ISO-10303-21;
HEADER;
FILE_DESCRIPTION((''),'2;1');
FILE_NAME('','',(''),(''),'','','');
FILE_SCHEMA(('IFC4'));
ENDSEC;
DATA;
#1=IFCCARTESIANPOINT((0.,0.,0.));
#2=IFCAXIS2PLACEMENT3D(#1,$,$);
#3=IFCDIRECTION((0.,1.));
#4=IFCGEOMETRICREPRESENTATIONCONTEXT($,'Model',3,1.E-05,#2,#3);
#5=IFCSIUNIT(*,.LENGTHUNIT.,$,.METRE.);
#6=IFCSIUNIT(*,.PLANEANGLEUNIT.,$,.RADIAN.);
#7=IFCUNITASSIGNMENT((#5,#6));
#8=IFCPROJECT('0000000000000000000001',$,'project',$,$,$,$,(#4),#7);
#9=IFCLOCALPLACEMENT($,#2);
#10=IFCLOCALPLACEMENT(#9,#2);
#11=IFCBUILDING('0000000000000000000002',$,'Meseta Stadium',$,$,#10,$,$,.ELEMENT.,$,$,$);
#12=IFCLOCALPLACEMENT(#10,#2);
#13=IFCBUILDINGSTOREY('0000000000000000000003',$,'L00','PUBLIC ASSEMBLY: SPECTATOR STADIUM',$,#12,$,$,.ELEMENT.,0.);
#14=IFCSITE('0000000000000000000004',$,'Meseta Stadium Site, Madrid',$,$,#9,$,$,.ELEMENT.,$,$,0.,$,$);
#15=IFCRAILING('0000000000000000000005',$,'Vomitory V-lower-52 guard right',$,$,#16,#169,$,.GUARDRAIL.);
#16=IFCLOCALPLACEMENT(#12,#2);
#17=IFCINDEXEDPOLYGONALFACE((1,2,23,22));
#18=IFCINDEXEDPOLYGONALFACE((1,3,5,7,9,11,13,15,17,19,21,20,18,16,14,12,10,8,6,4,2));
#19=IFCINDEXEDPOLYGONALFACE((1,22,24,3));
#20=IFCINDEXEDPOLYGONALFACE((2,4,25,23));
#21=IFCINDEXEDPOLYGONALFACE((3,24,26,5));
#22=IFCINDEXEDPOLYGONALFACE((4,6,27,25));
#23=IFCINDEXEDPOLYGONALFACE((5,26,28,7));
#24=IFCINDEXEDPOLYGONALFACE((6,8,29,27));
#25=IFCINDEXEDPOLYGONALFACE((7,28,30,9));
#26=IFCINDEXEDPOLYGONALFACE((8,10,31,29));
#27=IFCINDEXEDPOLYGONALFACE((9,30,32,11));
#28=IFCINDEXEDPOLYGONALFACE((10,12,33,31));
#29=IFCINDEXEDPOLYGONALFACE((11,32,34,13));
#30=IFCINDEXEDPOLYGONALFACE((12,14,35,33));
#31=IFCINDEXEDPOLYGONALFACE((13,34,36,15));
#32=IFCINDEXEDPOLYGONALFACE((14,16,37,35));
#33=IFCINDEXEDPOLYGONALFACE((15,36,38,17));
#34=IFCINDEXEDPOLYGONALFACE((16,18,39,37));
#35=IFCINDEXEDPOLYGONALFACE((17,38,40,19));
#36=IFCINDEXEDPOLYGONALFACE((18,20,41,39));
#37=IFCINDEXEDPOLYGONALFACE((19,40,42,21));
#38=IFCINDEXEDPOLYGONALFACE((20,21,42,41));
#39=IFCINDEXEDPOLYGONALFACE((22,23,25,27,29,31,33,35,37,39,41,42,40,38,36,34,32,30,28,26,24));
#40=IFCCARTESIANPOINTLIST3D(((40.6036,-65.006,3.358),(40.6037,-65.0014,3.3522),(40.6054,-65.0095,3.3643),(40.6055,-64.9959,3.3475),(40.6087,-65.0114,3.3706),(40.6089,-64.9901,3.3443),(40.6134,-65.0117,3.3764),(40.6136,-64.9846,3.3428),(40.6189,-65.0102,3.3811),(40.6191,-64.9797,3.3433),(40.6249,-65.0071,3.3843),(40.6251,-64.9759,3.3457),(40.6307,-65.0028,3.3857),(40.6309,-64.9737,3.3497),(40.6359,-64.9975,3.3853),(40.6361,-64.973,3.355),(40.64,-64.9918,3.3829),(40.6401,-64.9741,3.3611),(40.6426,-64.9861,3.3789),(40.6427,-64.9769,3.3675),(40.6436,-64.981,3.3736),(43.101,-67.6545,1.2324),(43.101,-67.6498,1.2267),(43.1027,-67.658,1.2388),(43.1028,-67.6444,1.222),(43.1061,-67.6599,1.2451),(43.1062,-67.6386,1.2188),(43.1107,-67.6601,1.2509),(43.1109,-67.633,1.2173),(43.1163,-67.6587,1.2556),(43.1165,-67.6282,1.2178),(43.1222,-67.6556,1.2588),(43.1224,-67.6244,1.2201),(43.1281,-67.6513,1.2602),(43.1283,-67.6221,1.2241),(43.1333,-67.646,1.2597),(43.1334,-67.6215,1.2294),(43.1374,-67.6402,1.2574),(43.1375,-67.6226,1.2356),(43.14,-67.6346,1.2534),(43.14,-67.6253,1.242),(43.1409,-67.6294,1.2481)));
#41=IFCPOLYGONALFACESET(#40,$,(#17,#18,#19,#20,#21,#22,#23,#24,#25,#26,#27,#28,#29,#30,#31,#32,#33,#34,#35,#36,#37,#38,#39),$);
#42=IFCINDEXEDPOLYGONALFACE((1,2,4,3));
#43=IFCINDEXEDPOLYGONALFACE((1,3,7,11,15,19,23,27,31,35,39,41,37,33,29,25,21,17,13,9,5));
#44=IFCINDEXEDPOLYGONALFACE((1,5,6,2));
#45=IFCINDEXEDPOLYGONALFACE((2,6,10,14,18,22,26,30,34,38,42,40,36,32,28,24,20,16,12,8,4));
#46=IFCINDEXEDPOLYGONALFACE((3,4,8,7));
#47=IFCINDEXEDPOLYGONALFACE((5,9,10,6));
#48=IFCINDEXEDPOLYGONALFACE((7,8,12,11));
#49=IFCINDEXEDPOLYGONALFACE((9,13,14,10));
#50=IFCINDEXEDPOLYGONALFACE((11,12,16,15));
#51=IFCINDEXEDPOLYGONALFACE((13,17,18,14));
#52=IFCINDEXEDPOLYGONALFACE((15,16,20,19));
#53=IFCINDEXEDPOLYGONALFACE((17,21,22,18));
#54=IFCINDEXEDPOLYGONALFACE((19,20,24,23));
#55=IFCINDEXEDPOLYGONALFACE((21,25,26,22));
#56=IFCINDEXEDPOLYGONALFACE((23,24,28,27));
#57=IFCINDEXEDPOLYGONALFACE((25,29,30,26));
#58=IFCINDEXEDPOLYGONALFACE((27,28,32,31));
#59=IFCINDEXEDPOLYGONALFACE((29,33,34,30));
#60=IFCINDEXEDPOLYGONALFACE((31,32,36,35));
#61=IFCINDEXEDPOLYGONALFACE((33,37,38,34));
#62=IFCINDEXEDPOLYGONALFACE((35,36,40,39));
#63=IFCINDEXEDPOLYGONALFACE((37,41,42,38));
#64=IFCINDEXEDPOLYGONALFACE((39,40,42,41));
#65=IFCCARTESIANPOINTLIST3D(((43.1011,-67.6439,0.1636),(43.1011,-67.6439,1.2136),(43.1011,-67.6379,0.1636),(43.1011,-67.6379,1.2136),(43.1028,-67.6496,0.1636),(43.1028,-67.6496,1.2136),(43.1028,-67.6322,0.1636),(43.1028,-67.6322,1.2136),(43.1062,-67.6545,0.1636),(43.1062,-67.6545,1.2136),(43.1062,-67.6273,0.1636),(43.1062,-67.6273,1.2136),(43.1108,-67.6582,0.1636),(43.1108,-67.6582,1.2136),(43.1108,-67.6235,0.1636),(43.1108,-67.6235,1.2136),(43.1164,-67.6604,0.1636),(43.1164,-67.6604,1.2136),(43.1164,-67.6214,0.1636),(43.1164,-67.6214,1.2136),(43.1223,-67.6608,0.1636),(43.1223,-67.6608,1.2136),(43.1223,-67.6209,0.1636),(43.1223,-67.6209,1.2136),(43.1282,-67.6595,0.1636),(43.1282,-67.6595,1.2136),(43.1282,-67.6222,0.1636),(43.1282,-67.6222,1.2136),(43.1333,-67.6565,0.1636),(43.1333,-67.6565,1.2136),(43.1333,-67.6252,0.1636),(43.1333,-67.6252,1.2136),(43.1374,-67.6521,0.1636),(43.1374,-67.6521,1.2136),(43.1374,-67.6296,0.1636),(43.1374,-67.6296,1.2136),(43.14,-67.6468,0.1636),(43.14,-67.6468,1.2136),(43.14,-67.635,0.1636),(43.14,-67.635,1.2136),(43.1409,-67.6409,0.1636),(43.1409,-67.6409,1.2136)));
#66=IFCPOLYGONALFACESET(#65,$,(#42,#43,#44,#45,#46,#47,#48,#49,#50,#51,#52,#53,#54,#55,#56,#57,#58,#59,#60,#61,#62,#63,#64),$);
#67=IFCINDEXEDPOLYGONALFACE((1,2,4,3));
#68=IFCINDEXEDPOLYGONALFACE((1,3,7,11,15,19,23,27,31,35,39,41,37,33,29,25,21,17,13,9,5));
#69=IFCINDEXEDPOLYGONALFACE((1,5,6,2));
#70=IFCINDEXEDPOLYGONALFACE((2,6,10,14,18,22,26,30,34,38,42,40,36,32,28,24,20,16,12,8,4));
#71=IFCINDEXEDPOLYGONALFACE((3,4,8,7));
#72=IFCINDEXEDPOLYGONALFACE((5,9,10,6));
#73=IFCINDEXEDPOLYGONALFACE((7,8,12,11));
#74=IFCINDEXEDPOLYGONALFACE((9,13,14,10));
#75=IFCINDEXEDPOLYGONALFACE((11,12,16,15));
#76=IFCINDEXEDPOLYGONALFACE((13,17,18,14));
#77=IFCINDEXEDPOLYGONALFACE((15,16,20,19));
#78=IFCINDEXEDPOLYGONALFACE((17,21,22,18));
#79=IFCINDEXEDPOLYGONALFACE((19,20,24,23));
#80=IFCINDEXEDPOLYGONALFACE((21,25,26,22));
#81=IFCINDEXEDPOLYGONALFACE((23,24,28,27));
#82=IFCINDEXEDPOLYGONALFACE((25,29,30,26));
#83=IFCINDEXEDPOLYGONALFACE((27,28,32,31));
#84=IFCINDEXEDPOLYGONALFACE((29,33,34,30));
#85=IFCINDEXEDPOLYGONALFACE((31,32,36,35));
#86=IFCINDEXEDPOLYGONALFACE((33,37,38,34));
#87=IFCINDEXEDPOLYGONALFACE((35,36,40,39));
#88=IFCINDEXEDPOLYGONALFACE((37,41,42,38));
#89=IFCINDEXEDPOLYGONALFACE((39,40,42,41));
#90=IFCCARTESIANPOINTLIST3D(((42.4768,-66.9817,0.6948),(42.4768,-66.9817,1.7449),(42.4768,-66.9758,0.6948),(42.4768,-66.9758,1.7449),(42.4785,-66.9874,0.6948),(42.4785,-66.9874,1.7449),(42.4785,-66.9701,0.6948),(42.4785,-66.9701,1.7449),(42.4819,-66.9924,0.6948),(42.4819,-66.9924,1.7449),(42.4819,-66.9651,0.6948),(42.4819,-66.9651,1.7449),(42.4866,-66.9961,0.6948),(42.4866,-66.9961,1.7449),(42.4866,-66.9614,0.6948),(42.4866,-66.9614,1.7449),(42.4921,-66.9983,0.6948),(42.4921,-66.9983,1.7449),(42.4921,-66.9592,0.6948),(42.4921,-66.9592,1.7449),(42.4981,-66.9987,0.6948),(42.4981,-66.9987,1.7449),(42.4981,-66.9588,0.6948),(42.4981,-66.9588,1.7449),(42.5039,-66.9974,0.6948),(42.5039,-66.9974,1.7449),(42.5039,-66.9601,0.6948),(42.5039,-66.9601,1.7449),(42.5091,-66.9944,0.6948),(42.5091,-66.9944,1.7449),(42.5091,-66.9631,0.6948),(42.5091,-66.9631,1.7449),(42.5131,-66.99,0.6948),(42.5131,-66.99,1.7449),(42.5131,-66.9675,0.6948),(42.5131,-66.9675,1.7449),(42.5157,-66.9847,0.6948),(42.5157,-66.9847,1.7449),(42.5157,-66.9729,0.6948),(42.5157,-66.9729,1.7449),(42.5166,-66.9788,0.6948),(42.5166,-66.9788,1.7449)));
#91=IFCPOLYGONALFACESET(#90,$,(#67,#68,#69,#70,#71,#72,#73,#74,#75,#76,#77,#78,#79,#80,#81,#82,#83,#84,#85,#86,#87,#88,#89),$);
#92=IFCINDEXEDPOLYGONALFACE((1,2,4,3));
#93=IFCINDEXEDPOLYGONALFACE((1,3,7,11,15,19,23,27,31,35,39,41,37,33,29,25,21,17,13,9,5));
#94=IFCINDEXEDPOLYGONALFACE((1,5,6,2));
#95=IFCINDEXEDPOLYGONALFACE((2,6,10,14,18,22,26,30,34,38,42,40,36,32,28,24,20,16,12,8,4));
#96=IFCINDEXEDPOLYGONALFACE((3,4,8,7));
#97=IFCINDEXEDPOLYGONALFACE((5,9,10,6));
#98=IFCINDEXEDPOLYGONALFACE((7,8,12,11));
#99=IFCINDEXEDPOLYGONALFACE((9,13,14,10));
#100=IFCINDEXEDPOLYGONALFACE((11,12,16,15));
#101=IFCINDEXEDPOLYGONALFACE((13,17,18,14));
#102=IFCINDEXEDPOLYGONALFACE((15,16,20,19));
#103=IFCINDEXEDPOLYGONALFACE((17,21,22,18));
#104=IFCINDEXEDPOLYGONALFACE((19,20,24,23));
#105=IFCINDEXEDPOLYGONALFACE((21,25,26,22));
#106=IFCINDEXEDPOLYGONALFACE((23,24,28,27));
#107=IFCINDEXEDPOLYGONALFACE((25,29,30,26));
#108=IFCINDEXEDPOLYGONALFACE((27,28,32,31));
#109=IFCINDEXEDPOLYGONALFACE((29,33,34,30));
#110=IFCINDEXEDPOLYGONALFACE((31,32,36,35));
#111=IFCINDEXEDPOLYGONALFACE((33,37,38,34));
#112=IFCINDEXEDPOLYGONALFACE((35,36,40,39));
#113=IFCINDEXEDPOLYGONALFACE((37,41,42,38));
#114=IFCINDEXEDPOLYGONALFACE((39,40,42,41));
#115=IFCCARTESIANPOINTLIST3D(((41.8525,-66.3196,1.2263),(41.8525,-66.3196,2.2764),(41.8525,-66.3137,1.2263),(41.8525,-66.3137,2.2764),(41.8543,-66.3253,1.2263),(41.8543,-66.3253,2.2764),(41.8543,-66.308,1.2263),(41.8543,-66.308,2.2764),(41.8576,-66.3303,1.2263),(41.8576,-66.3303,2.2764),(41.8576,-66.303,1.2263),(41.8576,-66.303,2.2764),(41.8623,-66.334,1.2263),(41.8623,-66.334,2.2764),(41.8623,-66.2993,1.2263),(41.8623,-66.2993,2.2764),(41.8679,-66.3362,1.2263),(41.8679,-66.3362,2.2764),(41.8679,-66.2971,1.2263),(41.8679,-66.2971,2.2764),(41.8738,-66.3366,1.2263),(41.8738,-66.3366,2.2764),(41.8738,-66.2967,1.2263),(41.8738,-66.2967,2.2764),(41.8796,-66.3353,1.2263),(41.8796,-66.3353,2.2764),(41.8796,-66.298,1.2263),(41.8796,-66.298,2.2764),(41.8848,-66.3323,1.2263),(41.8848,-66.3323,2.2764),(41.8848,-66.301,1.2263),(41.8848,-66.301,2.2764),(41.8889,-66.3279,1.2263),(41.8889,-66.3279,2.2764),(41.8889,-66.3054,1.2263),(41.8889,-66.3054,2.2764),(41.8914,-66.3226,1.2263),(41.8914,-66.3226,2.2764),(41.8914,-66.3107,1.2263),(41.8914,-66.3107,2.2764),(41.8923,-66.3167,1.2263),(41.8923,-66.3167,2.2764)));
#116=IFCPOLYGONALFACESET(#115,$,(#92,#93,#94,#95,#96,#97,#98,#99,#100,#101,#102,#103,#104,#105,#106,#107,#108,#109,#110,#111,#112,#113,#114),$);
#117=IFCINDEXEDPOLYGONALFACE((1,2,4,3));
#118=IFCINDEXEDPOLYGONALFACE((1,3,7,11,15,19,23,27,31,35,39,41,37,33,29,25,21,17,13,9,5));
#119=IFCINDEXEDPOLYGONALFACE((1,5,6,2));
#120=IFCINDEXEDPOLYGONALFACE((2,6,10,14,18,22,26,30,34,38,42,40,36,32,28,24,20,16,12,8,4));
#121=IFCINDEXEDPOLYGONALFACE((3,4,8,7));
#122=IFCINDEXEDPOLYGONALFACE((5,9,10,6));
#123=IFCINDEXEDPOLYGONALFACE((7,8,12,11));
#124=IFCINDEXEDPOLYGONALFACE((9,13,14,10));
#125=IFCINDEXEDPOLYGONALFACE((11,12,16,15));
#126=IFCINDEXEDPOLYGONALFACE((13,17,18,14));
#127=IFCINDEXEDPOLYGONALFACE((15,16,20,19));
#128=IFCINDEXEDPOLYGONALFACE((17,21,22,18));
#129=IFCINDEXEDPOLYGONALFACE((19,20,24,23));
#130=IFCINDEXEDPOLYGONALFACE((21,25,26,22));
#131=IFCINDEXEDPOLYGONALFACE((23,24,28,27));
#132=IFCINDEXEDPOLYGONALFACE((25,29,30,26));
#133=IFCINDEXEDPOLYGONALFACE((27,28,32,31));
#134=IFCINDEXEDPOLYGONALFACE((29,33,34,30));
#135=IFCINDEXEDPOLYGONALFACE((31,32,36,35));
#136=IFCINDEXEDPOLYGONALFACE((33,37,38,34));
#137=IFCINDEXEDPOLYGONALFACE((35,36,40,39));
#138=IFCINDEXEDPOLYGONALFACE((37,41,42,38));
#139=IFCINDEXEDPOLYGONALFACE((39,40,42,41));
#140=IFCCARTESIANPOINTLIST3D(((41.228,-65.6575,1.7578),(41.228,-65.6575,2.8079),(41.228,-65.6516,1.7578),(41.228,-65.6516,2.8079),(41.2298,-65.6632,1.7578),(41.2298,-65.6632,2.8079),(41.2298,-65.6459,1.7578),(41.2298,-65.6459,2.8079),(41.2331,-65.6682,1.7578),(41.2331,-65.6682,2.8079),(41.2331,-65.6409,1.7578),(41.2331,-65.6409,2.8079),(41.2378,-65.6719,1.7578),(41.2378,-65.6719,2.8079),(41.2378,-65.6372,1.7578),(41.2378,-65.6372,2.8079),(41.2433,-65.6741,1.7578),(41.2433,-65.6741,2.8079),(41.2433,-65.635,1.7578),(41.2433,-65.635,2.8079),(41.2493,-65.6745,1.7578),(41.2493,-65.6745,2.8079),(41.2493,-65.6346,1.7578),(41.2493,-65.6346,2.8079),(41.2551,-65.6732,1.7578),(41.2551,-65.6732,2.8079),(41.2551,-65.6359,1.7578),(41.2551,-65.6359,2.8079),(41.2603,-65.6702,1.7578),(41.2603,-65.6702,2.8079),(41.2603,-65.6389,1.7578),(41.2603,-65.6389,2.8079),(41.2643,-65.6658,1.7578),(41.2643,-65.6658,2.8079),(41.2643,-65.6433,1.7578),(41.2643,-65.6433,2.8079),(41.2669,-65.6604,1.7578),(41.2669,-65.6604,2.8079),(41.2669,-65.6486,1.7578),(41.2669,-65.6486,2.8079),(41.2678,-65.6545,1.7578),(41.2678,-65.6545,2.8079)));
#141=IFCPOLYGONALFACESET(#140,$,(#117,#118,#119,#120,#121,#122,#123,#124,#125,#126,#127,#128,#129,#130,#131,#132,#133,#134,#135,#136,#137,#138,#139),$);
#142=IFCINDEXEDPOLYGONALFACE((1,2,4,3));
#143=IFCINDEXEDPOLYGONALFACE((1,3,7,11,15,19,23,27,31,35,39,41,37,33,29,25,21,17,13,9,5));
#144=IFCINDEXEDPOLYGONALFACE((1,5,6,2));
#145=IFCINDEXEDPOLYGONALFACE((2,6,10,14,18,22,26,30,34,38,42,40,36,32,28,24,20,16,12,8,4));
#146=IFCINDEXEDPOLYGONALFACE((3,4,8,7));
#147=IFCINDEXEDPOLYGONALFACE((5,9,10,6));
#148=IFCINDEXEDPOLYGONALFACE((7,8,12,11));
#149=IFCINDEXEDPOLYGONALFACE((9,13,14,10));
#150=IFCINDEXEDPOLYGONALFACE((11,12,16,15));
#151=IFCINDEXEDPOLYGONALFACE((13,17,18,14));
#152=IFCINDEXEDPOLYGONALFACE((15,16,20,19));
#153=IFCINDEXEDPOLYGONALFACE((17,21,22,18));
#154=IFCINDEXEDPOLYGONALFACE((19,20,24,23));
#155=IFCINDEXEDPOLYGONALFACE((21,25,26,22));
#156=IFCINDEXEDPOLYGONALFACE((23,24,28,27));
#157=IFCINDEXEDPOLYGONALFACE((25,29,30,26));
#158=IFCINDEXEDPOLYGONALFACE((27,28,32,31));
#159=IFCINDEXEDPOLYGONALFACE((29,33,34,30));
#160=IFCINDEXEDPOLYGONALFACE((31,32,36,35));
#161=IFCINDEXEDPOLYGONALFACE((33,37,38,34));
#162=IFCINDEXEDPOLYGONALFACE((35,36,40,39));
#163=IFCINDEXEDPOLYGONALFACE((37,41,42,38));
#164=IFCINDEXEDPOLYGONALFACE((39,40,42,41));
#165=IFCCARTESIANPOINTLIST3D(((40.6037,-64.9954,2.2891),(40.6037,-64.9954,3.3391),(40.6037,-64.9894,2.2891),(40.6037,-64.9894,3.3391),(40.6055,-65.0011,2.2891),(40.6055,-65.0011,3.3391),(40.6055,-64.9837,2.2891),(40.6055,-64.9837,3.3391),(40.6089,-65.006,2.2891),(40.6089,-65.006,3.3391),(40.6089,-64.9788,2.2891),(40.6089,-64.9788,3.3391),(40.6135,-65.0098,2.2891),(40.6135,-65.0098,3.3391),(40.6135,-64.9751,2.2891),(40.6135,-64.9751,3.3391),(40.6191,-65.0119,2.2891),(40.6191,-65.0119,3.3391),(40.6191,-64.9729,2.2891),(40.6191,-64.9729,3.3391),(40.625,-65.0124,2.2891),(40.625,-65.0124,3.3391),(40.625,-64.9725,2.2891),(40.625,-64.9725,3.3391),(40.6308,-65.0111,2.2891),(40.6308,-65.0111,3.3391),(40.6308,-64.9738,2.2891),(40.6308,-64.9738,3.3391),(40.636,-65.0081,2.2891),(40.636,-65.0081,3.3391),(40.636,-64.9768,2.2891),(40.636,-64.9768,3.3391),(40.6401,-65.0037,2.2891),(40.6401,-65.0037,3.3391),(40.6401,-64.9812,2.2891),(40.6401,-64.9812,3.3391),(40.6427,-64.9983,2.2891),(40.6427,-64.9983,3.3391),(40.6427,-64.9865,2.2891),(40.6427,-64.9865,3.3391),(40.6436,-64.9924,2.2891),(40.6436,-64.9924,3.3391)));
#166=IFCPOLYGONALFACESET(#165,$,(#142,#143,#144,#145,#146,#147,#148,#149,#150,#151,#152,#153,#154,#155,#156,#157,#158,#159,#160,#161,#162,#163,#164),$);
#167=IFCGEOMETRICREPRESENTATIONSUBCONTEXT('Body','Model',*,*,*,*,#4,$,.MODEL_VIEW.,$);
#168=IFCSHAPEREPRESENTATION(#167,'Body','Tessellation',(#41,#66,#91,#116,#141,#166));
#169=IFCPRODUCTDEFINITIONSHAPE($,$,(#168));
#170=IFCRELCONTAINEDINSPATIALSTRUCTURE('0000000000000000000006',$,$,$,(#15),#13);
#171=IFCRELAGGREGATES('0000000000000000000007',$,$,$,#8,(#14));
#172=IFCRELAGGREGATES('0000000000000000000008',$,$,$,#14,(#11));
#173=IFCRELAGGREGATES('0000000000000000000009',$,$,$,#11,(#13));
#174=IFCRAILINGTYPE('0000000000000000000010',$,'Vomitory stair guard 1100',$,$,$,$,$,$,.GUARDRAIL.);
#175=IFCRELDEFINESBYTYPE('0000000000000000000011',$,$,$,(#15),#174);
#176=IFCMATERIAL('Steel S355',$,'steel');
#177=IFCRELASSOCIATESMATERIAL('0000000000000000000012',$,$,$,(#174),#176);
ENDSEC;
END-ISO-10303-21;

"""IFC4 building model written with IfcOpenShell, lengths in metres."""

from ifc_helpers import new_model, si_unit, direction, frame, origin, origin_2d, place, context, subcontext, project, spatial, circle, extrude, material, type_object, element, save


model = new_model("IFC4")

# Units and contexts
model_context = context("Model", 3, precision=1e-05, world=origin(), true_north=direction((0.0, 1.0)))
body_context = subcontext(model_context, "Body", "Model", "MODEL_VIEW")
ifc_project = project(units=[si_unit("LENGTHUNIT", "METRE"), si_unit("PLANEANGLEUNIT", "RADIAN")], contexts=[model_context])

# Site, building, storey
site_placement = place(None, origin())
site = spatial("IfcSite", under=ifc_project, at=site_placement, Name="Meseta Stadium Site, Madrid", CompositionType="ELEMENT", RefElevation=0.0)
building_placement = place(site_placement, origin())
building = spatial("IfcBuilding", under=site, at=building_placement, Name="Meseta Stadium", CompositionType="ELEMENT")
storey_placement = place(building_placement, origin())
storey = spatial("IfcBuildingStorey", under=building, at=storey_placement, Name="L00", Description="PUBLIC ASSEMBLY: SPECTATOR STADIUM", CompositionType="ELEMENT", Elevation=0.0)

# Railing
ifc_material_1 = material(Name="Steel S355", Category="steel")
railing_type_1 = type_object("IfcRailingType", Name="Vomitory stair guard 1100", PredefinedType="GUARDRAIL", material=ifc_material_1)
railing_1_placement = place(storey_placement, frame((43.1208, -67.6409, 0.1636)))
element("IfcRailing", 1, at=railing_1_placement, inside=storey, type_object=railing_type_1, Name="Vomitory V-lower-52 guard right", PredefinedType="GUARDRAIL", context=body_context, shape_type="SweptSolid", body=[
    extrude(circle(Radius=0.0249, at=origin_2d()), frame((0.0, 0.0, 1.0752), z_axis=(-0.592445, 0.628296, 0.504235), x_axis=(-0.72756, -0.686044, 0.0)), (0.0, 0.0, 1.0), 4.2153),
    extrude(circle(Radius=0.02, at=origin_2d()), origin(), (0.0, 0.0, 1.0), 1.05),
    extrude(circle(Radius=0.02, at=origin_2d()), frame((-0.6243, 0.6621, 0.5312)), (0.0, 0.0, 1.0), 1.05),
    extrude(circle(Radius=0.02, at=origin_2d()), frame((-1.2485, 1.3242, 1.0627)), (0.0, 0.0, 1.0), 1.05),
    extrude(circle(Radius=0.02, at=origin_2d()), frame((-1.873, 1.9863, 1.5942)), (0.0, 0.0, 1.0), 1.05),
    extrude(circle(Radius=0.02, at=origin_2d()), frame((-2.4973, 2.6484, 2.1255)), (0.0, 0.0, 1.0), 1.05),
])

save(model, "model.ifc")
